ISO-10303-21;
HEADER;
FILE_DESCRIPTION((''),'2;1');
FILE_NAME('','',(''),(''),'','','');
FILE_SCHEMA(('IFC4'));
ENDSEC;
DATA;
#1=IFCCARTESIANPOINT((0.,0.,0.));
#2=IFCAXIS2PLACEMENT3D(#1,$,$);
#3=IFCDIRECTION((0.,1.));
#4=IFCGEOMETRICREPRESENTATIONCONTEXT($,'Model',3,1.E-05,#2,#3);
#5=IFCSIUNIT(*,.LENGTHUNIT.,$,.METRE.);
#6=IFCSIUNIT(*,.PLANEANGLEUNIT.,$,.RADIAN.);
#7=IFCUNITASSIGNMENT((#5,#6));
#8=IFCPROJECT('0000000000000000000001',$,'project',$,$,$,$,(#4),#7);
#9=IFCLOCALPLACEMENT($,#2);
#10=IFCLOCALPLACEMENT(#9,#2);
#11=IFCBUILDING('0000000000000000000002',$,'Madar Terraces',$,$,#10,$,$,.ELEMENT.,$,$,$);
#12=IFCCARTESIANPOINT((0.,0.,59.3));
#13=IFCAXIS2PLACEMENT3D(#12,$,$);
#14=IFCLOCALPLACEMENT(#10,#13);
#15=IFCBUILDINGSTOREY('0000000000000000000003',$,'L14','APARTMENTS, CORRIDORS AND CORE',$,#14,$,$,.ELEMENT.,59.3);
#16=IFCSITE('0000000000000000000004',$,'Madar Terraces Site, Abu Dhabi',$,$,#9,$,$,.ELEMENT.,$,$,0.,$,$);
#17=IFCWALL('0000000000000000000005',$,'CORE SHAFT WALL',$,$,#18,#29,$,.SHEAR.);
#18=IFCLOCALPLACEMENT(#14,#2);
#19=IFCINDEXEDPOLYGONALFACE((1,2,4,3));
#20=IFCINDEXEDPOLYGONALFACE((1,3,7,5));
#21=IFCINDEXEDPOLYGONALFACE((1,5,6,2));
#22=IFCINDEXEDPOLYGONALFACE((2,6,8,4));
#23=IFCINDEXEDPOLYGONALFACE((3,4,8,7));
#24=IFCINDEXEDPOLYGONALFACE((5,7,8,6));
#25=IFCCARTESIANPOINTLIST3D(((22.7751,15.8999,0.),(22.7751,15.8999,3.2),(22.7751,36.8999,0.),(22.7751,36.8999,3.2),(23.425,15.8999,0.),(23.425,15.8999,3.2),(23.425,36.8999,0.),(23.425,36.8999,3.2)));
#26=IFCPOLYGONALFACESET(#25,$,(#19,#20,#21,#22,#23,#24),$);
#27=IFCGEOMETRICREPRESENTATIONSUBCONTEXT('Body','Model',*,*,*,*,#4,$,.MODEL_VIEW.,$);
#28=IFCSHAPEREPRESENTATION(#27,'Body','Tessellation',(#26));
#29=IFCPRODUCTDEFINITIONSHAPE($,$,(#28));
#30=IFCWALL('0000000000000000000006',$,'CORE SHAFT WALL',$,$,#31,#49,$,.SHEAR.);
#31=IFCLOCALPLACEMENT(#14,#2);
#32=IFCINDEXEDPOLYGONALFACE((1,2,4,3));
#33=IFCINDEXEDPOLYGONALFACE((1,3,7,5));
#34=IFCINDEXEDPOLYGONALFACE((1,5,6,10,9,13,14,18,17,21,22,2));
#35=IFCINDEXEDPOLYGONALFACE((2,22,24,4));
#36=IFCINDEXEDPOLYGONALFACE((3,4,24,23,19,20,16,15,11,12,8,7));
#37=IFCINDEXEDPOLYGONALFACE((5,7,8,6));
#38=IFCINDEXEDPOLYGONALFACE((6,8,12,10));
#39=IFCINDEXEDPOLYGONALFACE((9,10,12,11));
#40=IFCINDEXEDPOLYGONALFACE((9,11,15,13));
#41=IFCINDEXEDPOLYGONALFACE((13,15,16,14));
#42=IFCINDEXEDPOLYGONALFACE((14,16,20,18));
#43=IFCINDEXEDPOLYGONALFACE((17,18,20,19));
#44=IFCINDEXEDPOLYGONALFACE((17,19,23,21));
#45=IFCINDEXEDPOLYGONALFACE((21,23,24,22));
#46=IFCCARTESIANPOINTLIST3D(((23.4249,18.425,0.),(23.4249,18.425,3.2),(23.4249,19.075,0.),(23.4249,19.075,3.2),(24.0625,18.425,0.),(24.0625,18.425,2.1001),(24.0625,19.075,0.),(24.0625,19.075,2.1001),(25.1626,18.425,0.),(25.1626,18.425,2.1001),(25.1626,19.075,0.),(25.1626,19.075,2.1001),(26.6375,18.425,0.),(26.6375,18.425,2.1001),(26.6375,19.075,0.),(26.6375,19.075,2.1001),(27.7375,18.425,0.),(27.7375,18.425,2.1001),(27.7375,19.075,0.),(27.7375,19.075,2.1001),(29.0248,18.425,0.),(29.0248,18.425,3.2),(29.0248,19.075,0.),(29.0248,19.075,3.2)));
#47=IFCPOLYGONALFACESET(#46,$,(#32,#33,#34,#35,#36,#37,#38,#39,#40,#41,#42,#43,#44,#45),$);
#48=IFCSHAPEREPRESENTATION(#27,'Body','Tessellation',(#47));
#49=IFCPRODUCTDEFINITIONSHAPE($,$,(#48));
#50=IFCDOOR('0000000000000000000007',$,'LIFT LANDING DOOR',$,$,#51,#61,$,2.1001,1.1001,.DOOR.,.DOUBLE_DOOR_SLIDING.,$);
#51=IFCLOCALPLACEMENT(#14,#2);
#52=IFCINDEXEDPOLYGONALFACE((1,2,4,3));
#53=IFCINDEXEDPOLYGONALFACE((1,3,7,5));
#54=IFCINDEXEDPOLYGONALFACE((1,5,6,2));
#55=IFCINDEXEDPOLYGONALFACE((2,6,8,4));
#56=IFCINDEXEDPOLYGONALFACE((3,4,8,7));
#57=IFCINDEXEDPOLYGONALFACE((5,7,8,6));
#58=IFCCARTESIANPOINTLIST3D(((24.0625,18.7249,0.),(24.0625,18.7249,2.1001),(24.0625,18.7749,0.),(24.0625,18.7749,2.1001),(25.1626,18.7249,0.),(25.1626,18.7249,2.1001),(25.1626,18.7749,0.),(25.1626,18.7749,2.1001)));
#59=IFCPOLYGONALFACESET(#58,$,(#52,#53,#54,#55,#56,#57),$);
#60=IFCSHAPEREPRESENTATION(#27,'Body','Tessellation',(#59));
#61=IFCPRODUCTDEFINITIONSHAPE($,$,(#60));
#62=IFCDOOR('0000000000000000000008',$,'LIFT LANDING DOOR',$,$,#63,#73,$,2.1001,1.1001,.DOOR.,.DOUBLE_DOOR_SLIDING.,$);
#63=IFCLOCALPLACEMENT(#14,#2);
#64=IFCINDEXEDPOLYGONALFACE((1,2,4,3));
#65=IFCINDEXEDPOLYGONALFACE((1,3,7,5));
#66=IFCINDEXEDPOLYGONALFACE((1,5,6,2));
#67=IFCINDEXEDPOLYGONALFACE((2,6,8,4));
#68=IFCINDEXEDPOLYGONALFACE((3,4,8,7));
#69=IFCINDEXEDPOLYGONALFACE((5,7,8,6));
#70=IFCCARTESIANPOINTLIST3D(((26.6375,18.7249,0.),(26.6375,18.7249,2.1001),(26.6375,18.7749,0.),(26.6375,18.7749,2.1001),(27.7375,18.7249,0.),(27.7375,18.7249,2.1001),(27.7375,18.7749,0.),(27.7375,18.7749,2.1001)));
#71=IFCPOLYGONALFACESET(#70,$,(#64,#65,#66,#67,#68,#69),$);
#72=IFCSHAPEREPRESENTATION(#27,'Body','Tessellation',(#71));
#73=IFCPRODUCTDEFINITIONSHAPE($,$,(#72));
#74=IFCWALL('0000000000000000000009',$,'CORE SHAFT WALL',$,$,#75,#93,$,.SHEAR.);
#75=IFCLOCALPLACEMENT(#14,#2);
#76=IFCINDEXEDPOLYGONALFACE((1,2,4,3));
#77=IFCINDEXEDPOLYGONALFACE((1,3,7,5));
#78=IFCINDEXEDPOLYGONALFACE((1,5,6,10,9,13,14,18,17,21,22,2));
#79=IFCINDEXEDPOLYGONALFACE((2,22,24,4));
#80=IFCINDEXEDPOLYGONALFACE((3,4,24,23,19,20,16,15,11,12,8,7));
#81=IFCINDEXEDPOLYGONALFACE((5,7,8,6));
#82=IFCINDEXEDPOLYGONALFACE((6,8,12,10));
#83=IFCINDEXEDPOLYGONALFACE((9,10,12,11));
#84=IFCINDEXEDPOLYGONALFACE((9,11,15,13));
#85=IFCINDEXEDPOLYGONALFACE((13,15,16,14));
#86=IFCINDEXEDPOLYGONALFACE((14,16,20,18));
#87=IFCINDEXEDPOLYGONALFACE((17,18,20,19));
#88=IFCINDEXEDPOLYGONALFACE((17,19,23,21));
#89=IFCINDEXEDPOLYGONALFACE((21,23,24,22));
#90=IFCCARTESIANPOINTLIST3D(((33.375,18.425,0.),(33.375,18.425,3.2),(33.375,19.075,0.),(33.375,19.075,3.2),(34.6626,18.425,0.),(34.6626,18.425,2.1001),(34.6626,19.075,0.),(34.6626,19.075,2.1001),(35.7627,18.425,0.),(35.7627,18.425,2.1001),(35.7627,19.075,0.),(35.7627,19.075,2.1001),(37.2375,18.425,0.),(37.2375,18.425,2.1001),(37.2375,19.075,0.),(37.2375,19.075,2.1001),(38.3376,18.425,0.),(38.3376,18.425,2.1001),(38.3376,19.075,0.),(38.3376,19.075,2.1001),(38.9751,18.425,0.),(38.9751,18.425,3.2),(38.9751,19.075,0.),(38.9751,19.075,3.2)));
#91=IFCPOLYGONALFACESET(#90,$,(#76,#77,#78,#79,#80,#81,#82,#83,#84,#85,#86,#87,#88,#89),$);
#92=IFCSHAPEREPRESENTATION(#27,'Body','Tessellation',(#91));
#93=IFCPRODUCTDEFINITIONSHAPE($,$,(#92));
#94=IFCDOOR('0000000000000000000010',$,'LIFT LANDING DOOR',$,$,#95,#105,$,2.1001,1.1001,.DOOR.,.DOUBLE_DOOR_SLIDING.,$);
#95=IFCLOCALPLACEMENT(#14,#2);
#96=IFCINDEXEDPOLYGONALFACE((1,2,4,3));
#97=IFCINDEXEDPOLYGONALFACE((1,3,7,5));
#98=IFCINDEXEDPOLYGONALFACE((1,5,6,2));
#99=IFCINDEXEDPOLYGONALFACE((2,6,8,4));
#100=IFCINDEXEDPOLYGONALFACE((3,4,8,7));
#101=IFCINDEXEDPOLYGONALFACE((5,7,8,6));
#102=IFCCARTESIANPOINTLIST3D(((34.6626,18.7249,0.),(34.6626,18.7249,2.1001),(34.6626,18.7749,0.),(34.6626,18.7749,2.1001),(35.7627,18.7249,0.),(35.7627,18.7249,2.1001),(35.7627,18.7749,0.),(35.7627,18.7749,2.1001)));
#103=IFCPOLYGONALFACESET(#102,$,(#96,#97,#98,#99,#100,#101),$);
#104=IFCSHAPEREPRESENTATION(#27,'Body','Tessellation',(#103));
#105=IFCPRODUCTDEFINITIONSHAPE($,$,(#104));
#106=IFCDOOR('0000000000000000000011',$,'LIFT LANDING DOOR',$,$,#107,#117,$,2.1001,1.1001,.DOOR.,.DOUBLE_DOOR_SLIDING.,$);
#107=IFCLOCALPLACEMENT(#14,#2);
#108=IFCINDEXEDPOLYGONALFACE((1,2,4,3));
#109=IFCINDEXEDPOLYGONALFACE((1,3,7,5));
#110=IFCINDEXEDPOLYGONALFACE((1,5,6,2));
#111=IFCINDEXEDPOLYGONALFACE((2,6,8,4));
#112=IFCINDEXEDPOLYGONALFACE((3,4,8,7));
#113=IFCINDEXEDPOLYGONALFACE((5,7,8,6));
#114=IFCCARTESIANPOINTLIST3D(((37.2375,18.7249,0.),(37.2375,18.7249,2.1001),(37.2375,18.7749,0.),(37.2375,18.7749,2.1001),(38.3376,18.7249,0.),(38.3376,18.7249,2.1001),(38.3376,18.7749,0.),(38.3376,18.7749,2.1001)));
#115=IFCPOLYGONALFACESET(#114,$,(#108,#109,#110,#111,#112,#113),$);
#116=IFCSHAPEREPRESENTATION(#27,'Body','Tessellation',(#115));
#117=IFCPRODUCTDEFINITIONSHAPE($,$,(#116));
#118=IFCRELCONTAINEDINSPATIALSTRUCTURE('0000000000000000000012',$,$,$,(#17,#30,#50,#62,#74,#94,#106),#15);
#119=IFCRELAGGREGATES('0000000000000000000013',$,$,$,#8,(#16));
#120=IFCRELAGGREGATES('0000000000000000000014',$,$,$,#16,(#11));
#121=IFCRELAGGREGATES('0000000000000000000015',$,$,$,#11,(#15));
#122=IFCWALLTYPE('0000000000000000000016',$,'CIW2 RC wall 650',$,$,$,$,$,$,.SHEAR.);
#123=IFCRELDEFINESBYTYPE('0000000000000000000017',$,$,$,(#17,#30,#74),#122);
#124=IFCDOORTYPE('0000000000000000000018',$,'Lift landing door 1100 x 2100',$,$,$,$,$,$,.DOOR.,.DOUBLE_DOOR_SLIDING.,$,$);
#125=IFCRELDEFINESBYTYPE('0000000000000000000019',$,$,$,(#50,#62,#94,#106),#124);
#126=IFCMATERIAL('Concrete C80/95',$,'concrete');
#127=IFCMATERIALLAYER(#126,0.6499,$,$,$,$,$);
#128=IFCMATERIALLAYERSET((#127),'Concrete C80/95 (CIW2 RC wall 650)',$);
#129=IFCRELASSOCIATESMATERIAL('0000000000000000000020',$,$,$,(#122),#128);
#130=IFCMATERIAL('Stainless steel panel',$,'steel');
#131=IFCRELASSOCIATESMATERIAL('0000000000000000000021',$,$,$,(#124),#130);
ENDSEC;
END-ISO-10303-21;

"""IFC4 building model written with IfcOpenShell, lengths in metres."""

from ifc_helpers import new_model, si_unit, direction, frame, frame_2d, origin, place, context, subcontext, project, spatial, rectangle, extrude, material, layer, layer_set, type_object, element, fill, save


model = new_model("IFC4")

# Units and contexts
model_context = context("Model", 3, precision=1e-05, world=origin(), true_north=direction((0.0, 1.0)))
body_context = subcontext(model_context, "Body", "Model", "MODEL_VIEW")
ifc_project = project(units=[si_unit("LENGTHUNIT", "METRE"), si_unit("PLANEANGLEUNIT", "RADIAN")], contexts=[model_context])

# Site, building, storey
site_placement = place(None, origin())
site = spatial("IfcSite", under=ifc_project, at=site_placement, Name="Madar Terraces Site, Abu Dhabi", CompositionType="ELEMENT", RefElevation=0.0)
building_placement = place(site_placement, origin())
building = spatial("IfcBuilding", under=site, at=building_placement, Name="Madar Terraces", CompositionType="ELEMENT")
storey_placement = place(building_placement, frame((0.0, 0.0, 59.3)))
storey = spatial("IfcBuildingStorey", under=building, at=storey_placement, Name="L14", Description="APARTMENTS, CORRIDORS AND CORE", CompositionType="ELEMENT", Elevation=59.3)

# Wall
ifc_material_1 = material(Name="Concrete C80/95", Category="concrete")
ifc_layer_1 = layer(ifc_material_1, 0.6499)
ifc_layer_set_1 = layer_set([ifc_layer_1], Name="Concrete C80/95 (CIW2 RC wall 650)")
wall_type_1 = type_object("IfcWallType", Name="CIW2 RC wall 650", PredefinedType="SHEAR", material=ifc_layer_set_1)
wall_1_placement = place(storey_placement, frame((23.1001, 15.8999, 0.0), z_axis=(0.0, 0.0, 1.0), x_axis=(0.0, 1.0, 0.0)))
element("IfcWall", 1, at=wall_1_placement, inside=storey, type_object=wall_type_1, Name="CORE SHAFT WALL", PredefinedType="SHEAR", context=body_context, shape_type="SweptSolid", body=[
    extrude(rectangle(XDim=21.0, YDim=0.6499, at=frame_2d((10.5, 0.0))), origin(), (0.0, 0.0, 1.0), 3.2),
])

# Walls, openings, doors
wall_2_placement = place(storey_placement, frame((23.425, 18.75, 0.0), z_axis=(0.0, 0.0, 1.0), x_axis=(1.0, 0.0, 0.0)))
wall_2 = element("IfcWall", 2, at=wall_2_placement, inside=storey, type_object=wall_type_1, Name="CORE SHAFT WALL", PredefinedType="SHEAR", context=body_context, shape_type="SweptSolid", body=[
    extrude(rectangle(XDim=5.5999, YDim=0.6499, at=frame_2d((2.7998, 0.0))), origin(), (0.0, 0.0, 1.0), 3.2),
])
opening_1_placement = place(wall_2_placement, frame((0.6375, 0.0, 0.0)))
opening_1 = element("IfcOpeningElement", 3, at=opening_1_placement, cuts=wall_2, PredefinedType="OPENING", context=body_context, shape_type="SweptSolid", body=[
    extrude(rectangle(XDim=1.1001, YDim=2.1001, at=frame_2d((0.55, 1.05))), frame((0.0, 0.335, 0.0), z_axis=(0.0, -1.0, 0.0), x_axis=(1.0, 0.0, 0.0)), (0.0, 0.0, 1.0), 0.6699),
])
opening_2_placement = place(wall_2_placement, frame((3.2124, 0.0, 0.0)))
opening_2 = element("IfcOpeningElement", 4, at=opening_2_placement, cuts=wall_2, PredefinedType="OPENING", context=body_context, shape_type="SweptSolid", body=[
    extrude(rectangle(XDim=1.1001, YDim=2.1001, at=frame_2d((0.55, 1.05))), frame((0.0, 0.335, 0.0), z_axis=(0.0, -1.0, 0.0), x_axis=(1.0, 0.0, 0.0)), (0.0, 0.0, 1.0), 0.6699),
])
ifc_material_2 = material(Name="Stainless steel panel", Category="steel")
door_type_1 = type_object("IfcDoorType", Name="Lift landing door 1100 x 2100", OperationType="DOUBLE_DOOR_SLIDING", PredefinedType="DOOR", material=ifc_material_2)
door_1_placement = place(opening_1_placement, origin())
door_1 = element("IfcDoor", 5, at=door_1_placement, inside=storey, type_object=door_type_1, Name="LIFT LANDING DOOR", OperationType="DOUBLE_DOOR_SLIDING", OverallHeight=2.1001, OverallWidth=1.1001, PredefinedType="DOOR", context=body_context, shape_type="SweptSolid", body=[
    extrude(rectangle(XDim=1.1001, YDim=2.1001, at=frame_2d((0.55, 1.05))), frame((0.0, 0.0249, 0.0), z_axis=(0.0, -1.0, 0.0), x_axis=(1.0, 0.0, 0.0)), (0.0, 0.0, 1.0), 0.05),
])
fill(opening_1, door_1)
door_2_placement = place(opening_2_placement, origin())
door_2 = element("IfcDoor", 6, at=door_2_placement, inside=storey, type_object=door_type_1, Name="LIFT LANDING DOOR", OperationType="DOUBLE_DOOR_SLIDING", OverallHeight=2.1001, OverallWidth=1.1001, PredefinedType="DOOR", context=body_context, shape_type="SweptSolid", body=[
    extrude(rectangle(XDim=1.1001, YDim=2.1001, at=frame_2d((0.55, 1.05))), frame((0.0, 0.0249, 0.0), z_axis=(0.0, -1.0, 0.0), x_axis=(1.0, 0.0, 0.0)), (0.0, 0.0, 1.0), 0.05),
])
fill(opening_2, door_2)
wall_3_placement = place(storey_placement, frame((33.375, 18.75, 0.0), z_axis=(0.0, 0.0, 1.0), x_axis=(1.0, 0.0, 0.0)))
wall_3 = element("IfcWall", 7, at=wall_3_placement, inside=storey, type_object=wall_type_1, Name="CORE SHAFT WALL", PredefinedType="SHEAR", context=body_context, shape_type="SweptSolid", body=[
    extrude(rectangle(XDim=5.6001, YDim=0.6499, at=frame_2d((2.8, 0.0))), origin(), (0.0, 0.0, 1.0), 3.2),
])
opening_3_placement = place(wall_3_placement, frame((1.2876, 0.0, 0.0)))
opening_3 = element("IfcOpeningElement", 8, at=opening_3_placement, cuts=wall_3, PredefinedType="OPENING", context=body_context, shape_type="SweptSolid", body=[
    extrude(rectangle(XDim=1.1001, YDim=2.1001, at=frame_2d((0.55, 1.05))), frame((0.0, 0.335, 0.0), z_axis=(0.0, -1.0, 0.0), x_axis=(1.0, 0.0, 0.0)), (0.0, 0.0, 1.0), 0.6699),
])
opening_4_placement = place(wall_3_placement, frame((3.8625, 0.0, 0.0)))
opening_4 = element("IfcOpeningElement", 9, at=opening_4_placement, cuts=wall_3, PredefinedType="OPENING", context=body_context, shape_type="SweptSolid", body=[
    extrude(rectangle(XDim=1.1001, YDim=2.1001, at=frame_2d((0.55, 1.05))), frame((0.0, 0.335, 0.0), z_axis=(0.0, -1.0, 0.0), x_axis=(1.0, 0.0, 0.0)), (0.0, 0.0, 1.0), 0.6699),
])
door_3_placement = place(opening_3_placement, origin())
door_3 = element("IfcDoor", 10, at=door_3_placement, inside=storey, type_object=door_type_1, Name="LIFT LANDING DOOR", OperationType="DOUBLE_DOOR_SLIDING", OverallHeight=2.1001, OverallWidth=1.1001, PredefinedType="DOOR", context=body_context, shape_type="SweptSolid", body=[
    extrude(rectangle(XDim=1.1001, YDim=2.1001, at=frame_2d((0.55, 1.05))), frame((0.0, 0.0249, 0.0), z_axis=(0.0, -1.0, 0.0), x_axis=(1.0, 0.0, 0.0)), (0.0, 0.0, 1.0), 0.05),
])
fill(opening_3, door_3)
door_4_placement = place(opening_4_placement, origin())
door_4 = element("IfcDoor", 11, at=door_4_placement, inside=storey, type_object=door_type_1, Name="LIFT LANDING DOOR", OperationType="DOUBLE_DOOR_SLIDING", OverallHeight=2.1001, OverallWidth=1.1001, PredefinedType="DOOR", context=body_context, shape_type="SweptSolid", body=[
    extrude(rectangle(XDim=1.1001, YDim=2.1001, at=frame_2d((0.55, 1.05))), frame((0.0, 0.0249, 0.0), z_axis=(0.0, -1.0, 0.0), x_axis=(1.0, 0.0, 0.0)), (0.0, 0.0, 1.0), 0.05),
])
fill(opening_4, door_4)

save(model, "model.ifc")
